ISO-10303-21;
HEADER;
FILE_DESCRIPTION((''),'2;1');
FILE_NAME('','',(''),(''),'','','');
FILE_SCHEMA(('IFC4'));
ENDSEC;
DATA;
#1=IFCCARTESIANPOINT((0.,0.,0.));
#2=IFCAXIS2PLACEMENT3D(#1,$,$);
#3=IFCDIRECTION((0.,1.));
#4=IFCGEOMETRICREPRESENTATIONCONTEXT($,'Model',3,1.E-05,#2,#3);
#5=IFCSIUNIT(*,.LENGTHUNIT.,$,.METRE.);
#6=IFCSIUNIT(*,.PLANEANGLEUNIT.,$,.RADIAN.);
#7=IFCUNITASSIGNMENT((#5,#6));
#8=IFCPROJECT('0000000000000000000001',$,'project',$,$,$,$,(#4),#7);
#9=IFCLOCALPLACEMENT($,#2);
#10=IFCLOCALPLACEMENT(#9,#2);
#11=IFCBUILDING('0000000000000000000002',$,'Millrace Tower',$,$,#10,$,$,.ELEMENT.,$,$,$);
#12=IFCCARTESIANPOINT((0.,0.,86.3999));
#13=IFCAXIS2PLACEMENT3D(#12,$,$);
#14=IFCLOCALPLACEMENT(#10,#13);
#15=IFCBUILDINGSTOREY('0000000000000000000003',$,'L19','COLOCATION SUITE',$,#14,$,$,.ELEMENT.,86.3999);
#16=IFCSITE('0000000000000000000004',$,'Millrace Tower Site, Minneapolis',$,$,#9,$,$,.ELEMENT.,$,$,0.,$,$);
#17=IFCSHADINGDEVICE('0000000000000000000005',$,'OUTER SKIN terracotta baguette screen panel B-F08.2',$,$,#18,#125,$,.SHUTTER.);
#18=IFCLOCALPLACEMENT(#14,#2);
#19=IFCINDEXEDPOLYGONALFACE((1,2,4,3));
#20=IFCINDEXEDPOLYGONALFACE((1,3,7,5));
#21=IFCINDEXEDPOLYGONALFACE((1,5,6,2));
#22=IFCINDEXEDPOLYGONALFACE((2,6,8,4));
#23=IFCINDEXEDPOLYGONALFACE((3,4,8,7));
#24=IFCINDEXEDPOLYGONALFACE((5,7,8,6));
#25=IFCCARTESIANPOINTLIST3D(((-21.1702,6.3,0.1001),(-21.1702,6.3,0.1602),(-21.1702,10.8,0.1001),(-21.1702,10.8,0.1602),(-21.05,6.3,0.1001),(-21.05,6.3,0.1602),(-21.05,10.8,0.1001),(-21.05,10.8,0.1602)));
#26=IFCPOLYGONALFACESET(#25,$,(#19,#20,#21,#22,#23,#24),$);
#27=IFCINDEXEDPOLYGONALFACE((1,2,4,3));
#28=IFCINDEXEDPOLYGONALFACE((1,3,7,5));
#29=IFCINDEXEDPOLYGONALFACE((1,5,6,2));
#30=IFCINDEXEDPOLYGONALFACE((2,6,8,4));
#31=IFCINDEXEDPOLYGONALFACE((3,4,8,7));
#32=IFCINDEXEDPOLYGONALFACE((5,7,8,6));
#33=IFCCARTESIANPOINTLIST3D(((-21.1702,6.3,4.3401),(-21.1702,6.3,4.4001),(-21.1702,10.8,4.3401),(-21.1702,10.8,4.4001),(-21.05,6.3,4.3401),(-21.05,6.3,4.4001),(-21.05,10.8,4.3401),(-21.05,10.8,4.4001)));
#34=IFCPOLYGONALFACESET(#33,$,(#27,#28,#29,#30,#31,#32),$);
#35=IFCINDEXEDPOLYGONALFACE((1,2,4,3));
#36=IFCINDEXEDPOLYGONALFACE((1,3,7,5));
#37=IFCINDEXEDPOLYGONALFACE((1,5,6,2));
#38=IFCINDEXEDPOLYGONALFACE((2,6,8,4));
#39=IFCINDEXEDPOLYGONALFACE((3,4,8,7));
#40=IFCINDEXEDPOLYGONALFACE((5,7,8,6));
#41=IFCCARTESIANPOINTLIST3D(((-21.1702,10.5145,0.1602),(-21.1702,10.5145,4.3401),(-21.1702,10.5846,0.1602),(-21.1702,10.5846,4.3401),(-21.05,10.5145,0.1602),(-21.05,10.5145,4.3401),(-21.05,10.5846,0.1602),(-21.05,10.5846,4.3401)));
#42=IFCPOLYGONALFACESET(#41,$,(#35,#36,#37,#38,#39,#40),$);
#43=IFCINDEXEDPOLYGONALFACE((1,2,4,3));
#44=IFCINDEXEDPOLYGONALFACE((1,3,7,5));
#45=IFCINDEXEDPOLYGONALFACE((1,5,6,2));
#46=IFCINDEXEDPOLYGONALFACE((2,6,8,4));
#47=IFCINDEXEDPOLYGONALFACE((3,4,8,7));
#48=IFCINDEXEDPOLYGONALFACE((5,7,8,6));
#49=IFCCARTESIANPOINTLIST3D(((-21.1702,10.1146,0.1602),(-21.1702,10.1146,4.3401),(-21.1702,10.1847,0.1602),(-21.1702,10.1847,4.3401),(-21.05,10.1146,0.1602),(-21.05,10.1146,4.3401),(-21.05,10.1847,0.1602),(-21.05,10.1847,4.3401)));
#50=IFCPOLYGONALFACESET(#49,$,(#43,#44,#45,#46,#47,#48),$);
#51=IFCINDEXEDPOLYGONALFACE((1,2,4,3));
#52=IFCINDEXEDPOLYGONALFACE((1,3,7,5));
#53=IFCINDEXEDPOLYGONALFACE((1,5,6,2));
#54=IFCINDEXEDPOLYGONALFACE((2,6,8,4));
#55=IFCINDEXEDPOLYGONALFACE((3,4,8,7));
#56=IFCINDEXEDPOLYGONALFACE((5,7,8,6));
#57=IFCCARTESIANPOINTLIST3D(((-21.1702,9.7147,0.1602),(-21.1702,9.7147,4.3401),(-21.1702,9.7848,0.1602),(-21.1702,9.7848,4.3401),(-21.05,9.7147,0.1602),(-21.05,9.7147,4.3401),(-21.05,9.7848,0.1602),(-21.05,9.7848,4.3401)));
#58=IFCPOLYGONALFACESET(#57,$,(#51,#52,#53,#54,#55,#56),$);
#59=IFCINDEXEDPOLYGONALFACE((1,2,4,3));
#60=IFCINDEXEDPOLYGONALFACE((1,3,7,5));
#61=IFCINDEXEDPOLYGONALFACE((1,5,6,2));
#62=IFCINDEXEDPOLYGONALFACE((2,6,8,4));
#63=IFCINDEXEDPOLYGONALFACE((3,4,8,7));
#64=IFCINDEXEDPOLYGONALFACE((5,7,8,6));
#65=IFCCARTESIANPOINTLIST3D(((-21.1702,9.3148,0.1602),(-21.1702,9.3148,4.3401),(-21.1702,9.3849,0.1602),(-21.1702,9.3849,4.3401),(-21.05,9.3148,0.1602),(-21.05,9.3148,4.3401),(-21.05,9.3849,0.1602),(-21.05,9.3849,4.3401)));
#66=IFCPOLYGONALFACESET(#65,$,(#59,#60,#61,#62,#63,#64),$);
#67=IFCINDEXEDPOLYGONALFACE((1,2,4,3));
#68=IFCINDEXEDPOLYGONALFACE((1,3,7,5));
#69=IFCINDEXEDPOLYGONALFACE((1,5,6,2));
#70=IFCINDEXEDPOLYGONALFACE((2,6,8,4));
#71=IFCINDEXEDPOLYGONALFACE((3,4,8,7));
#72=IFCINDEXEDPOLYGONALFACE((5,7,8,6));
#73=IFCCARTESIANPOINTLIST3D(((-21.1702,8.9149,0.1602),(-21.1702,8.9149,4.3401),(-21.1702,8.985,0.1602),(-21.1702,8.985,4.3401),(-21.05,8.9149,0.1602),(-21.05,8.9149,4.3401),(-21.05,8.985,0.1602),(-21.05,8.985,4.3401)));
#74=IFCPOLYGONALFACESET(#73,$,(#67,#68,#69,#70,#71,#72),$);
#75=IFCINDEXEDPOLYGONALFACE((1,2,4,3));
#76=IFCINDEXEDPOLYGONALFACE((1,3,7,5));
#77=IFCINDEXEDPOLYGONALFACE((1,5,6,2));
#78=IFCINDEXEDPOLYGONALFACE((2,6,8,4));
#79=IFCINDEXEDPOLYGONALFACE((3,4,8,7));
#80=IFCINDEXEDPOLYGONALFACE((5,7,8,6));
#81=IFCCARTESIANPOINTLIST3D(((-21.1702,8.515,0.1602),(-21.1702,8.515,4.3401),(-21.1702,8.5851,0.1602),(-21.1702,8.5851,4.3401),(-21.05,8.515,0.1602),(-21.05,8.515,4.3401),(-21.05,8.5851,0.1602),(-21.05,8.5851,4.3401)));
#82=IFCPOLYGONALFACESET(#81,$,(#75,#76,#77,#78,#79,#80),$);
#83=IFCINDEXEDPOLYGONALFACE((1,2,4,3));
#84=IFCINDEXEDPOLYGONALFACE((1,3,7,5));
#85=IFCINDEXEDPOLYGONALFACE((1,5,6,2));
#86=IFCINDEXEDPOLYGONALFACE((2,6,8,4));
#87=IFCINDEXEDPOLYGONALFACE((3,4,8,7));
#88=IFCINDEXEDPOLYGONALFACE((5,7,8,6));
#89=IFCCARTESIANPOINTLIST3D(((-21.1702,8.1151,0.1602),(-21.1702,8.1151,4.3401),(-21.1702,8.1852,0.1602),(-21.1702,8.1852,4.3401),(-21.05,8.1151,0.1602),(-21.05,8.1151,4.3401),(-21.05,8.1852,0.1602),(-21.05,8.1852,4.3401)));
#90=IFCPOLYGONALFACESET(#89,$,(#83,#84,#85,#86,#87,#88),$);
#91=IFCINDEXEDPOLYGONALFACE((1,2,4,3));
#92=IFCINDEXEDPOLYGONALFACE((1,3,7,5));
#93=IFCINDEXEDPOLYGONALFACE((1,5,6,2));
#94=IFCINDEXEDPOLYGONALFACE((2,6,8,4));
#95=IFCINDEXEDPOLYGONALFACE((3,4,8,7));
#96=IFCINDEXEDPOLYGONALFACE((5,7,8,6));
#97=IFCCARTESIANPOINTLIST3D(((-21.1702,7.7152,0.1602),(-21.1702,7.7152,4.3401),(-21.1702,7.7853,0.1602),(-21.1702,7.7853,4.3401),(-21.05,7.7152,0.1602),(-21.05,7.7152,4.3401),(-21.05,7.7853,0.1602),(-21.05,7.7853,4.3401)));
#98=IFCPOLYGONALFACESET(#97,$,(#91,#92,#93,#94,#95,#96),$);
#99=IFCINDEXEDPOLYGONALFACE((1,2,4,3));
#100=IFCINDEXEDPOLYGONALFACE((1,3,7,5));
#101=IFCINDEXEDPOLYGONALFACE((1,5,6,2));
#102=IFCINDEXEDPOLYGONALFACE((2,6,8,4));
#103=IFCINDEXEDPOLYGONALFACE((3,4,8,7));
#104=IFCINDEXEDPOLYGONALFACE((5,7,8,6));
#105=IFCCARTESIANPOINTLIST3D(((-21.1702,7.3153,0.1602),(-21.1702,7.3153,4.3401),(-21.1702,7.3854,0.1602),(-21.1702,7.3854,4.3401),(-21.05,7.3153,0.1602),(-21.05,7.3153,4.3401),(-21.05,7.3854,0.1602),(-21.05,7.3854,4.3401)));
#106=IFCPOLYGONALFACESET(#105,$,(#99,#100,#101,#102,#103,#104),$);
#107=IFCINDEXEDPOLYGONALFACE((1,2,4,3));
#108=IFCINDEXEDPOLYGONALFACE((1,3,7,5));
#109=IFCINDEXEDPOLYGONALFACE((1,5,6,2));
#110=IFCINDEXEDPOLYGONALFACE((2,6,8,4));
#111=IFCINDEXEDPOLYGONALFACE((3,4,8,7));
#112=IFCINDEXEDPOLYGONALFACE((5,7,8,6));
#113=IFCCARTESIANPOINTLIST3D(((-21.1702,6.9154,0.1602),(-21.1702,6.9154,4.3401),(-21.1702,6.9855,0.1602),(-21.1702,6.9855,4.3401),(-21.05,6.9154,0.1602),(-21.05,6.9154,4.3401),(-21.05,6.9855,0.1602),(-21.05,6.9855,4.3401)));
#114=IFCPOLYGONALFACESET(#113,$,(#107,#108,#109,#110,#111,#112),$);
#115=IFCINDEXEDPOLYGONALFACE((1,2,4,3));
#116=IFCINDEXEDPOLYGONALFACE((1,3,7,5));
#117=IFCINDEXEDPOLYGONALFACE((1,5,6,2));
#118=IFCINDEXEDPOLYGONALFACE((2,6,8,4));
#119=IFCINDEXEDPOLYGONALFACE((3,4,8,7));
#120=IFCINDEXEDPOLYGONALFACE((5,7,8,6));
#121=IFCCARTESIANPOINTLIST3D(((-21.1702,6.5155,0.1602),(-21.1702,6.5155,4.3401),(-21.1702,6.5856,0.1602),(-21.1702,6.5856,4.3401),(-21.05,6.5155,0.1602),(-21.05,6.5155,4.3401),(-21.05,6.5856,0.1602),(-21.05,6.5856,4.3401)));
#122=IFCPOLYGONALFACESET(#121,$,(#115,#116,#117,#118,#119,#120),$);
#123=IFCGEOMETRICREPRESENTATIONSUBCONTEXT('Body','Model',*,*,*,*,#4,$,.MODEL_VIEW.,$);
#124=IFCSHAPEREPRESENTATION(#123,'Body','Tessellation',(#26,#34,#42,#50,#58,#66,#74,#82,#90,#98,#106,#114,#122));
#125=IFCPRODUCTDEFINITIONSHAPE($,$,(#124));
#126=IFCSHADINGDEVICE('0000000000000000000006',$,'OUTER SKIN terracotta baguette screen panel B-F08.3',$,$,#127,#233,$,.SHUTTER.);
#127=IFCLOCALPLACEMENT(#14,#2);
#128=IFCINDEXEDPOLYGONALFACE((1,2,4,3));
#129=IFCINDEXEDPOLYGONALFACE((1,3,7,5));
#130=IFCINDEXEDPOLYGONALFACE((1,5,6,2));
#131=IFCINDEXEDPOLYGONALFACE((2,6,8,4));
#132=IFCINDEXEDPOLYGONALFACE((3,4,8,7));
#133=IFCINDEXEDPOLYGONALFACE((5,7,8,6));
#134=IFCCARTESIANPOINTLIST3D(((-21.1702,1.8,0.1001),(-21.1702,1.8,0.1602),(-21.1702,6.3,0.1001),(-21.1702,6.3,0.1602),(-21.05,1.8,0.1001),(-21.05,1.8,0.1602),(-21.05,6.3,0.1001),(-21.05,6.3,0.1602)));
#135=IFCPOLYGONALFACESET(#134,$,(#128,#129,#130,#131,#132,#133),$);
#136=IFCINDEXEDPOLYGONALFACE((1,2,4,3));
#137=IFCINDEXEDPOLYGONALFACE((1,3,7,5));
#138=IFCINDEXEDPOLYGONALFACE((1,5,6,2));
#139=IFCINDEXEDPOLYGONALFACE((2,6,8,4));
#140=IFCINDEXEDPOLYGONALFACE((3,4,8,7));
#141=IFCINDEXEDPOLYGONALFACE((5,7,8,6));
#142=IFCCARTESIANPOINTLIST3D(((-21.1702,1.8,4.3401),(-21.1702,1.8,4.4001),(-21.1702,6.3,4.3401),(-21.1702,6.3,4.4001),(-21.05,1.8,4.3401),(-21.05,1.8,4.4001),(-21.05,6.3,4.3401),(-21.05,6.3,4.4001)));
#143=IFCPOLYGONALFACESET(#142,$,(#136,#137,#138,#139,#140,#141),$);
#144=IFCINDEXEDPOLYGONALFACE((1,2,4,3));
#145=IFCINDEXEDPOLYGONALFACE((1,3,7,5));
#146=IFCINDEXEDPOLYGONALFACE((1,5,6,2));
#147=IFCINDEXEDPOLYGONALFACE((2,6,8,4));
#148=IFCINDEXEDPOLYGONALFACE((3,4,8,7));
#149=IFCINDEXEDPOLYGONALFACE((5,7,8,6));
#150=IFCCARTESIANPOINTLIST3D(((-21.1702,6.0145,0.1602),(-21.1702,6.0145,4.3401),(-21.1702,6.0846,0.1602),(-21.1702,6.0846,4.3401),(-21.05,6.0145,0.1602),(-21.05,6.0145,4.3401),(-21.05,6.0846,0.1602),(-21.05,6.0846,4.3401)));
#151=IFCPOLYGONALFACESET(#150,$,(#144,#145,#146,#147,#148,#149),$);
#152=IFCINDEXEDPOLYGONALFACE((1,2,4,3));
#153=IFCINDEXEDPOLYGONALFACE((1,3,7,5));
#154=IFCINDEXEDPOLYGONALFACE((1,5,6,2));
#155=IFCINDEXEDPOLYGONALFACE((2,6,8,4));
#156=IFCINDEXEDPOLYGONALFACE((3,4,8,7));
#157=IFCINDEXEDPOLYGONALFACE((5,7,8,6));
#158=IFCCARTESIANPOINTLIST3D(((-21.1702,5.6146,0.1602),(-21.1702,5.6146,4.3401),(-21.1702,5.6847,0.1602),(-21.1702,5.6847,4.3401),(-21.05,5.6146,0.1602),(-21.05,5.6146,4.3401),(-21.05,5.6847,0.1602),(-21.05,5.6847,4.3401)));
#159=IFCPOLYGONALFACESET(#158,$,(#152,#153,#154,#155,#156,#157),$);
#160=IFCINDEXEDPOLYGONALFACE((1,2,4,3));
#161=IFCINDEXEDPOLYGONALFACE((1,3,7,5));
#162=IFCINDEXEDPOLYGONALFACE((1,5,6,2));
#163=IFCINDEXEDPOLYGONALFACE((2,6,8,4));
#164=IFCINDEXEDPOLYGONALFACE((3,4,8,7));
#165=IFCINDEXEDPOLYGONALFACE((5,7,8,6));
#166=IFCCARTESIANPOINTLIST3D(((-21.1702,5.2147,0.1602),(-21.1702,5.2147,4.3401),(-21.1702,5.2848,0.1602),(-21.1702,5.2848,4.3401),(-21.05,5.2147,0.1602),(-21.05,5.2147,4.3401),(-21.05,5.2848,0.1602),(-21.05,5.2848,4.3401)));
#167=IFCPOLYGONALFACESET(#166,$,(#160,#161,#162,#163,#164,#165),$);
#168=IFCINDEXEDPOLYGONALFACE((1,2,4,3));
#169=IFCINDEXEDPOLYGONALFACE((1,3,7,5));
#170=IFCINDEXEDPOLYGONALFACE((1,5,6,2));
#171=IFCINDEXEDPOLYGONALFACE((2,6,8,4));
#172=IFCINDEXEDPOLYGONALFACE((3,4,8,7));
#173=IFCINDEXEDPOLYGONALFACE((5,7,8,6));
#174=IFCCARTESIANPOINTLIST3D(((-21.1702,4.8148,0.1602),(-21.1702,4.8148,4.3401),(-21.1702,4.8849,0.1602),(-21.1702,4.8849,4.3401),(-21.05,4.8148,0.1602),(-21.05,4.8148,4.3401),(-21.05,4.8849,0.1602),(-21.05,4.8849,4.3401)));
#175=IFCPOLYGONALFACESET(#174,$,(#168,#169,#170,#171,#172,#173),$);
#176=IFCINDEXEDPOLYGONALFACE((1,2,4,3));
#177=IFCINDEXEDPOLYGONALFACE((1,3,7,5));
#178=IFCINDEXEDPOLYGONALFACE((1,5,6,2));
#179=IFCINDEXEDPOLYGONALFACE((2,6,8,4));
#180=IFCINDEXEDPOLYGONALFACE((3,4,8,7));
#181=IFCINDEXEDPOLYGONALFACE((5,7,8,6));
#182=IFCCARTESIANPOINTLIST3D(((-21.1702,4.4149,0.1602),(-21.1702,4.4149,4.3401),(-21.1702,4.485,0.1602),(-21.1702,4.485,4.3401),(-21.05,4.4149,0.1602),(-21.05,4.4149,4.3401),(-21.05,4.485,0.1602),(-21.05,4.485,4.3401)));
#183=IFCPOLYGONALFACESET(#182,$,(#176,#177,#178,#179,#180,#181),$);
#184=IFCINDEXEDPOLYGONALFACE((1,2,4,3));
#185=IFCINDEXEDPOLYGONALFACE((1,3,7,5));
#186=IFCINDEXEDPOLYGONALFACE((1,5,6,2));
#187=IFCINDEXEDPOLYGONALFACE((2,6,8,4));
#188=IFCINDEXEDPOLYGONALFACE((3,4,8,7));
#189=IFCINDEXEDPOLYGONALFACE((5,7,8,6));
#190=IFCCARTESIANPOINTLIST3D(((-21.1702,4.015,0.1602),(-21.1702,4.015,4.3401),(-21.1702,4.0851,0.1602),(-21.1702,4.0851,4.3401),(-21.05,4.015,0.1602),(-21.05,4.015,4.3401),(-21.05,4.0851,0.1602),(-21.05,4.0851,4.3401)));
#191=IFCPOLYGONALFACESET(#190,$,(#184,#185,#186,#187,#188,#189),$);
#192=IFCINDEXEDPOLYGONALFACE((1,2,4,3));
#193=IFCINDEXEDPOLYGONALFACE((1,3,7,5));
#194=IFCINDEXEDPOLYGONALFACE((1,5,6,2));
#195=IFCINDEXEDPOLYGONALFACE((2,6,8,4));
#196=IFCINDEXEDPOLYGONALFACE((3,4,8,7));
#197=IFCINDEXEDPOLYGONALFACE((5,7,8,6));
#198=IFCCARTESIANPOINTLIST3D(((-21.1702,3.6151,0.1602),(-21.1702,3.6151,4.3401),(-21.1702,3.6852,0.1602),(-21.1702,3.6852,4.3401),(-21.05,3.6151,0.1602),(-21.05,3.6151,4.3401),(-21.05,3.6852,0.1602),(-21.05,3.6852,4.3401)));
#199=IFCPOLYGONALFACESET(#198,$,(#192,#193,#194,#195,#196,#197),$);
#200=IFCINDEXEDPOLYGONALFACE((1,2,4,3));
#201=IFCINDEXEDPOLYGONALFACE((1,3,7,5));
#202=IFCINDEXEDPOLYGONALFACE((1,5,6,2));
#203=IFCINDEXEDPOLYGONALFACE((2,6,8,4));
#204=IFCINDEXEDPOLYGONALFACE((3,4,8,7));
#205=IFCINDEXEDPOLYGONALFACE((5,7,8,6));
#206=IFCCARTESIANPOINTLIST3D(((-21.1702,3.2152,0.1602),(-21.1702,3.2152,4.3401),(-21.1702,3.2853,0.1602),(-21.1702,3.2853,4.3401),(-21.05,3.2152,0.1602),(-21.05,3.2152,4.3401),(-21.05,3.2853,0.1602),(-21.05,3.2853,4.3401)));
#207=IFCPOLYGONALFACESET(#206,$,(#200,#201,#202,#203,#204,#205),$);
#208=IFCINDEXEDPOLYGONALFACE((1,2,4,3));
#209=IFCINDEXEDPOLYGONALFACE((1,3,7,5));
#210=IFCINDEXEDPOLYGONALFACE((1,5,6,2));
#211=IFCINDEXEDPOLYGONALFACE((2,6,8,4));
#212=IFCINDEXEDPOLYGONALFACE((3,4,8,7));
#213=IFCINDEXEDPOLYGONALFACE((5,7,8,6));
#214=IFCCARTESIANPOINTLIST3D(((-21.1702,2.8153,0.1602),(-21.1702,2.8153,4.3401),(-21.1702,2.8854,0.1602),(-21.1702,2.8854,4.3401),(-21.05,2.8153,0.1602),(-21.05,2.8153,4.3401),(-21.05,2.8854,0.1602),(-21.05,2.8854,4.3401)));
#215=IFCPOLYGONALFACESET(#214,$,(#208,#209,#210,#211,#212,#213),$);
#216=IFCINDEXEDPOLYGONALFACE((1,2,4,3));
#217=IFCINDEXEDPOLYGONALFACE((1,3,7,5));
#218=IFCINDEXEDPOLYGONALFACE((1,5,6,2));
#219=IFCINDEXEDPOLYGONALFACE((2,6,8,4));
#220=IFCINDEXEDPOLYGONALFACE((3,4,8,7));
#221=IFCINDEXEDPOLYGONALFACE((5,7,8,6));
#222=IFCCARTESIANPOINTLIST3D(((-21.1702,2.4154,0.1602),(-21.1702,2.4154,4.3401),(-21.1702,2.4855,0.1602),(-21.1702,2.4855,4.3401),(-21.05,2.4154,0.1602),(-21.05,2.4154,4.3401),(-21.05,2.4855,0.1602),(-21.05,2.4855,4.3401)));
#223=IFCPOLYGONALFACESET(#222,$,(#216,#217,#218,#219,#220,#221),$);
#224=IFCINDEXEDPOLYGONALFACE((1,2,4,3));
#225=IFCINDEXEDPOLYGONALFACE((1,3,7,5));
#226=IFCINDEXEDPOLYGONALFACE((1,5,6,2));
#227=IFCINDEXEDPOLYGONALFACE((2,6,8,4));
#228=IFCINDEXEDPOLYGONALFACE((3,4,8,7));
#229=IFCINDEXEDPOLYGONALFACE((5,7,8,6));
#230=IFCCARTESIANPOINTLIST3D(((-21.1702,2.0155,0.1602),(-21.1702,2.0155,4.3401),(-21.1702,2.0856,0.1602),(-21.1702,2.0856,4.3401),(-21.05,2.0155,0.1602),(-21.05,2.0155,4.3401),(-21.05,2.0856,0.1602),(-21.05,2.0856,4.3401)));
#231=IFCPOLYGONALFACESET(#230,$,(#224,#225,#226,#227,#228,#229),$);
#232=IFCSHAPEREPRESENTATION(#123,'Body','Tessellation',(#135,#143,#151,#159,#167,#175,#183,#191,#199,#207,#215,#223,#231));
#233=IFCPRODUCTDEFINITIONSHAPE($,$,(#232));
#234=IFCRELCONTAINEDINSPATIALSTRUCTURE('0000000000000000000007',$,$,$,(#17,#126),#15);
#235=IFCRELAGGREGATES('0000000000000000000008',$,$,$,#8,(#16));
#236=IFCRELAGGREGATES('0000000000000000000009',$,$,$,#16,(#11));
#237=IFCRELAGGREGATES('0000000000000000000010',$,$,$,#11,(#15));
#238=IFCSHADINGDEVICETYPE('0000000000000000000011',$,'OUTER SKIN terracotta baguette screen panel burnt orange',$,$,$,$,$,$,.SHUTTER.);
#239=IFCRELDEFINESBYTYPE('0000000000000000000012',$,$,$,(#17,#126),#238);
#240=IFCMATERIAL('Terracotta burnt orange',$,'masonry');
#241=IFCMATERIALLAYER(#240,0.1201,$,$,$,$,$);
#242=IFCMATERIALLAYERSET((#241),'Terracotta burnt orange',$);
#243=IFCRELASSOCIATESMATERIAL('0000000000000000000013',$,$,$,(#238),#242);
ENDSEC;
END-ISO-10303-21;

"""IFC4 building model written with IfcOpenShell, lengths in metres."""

from ifc_helpers import new_model, entity, si_unit, direction, frame, frame_2d, origin, origin_2d, place, context, subcontext, project, spatial, rectangle, extrude, source, transform, mapped, material, layer, layer_set, type_object, element, save


model = new_model("IFC4")

# Units and contexts
model_context = context("Model", 3, precision=1e-05, world=origin(), true_north=direction((0.0, 1.0)))
body_context = subcontext(model_context, "Body", "Model", "MODEL_VIEW")
ifc_project = project(units=[si_unit("LENGTHUNIT", "METRE"), si_unit("PLANEANGLEUNIT", "RADIAN")], contexts=[model_context])

# Site, building, storey
site_placement = place(None, origin())
site = spatial("IfcSite", under=ifc_project, at=site_placement, Name="Millrace Tower Site, Minneapolis", CompositionType="ELEMENT", RefElevation=0.0)
building_placement = place(site_placement, origin())
building = spatial("IfcBuilding", under=site, at=building_placement, Name="Millrace Tower", CompositionType="ELEMENT")
storey_placement = place(building_placement, frame((0.0, 0.0, 86.3999)))
storey = spatial("IfcBuildingStorey", under=building, at=storey_placement, Name="L19", Description="COLOCATION SUITE", CompositionType="ELEMENT", Elevation=86.3999)

# Shading devices
ifc_material_1 = material(Name="Terracotta burnt orange", Category="masonry")
ifc_layer_1 = layer(ifc_material_1, 0.1201)
ifc_layer_set_1 = layer_set([ifc_layer_1], Name="Terracotta burnt orange")
shading_device_type = type_object("IfcShadingDeviceType", Name="OUTER SKIN terracotta baguette screen panel burnt orange", PredefinedType="SHUTTER", material=ifc_layer_set_1)
cartesian_point = entity("IfcCartesianPoint", [-2.25, 0.0601])
shared_polyline = entity("IfcPolyline", [cartesian_point, entity("IfcCartesianPoint", [2.25, 0.0601]), entity("IfcCartesianPoint", [2.25, -0.0601]), entity("IfcCartesianPoint", [-2.25, -0.0601]), cartesian_point])
shared_shape = source(origin(), body_context, "Body", "SweptSolid", [
    entity("IfcExtrudedAreaSolid", entity("IfcArbitraryClosedProfileDef", "AREA", None, shared_polyline), entity("IfcAxis2Placement3D", entity("IfcCartesianPoint", [0.0, 0.0, 0.0])), entity("IfcDirection", [0.0, 0.0, 1.0]), 0.0601),
    entity("IfcExtrudedAreaSolid", entity("IfcArbitraryClosedProfileDef", "AREA", None, shared_polyline), entity("IfcAxis2Placement3D", entity("IfcCartesianPoint", [0.0, 0.0, 4.24])), entity("IfcDirection", [0.0, 0.0, 1.0]), 0.0601),
    extrude(rectangle(XDim=0.0701, YDim=0.1201, at=frame_2d((-1.9995, 0.0))), frame((0.0, 0.0, 0.0601)), (0.0, 0.0, 1.0), 4.1799),
    extrude(rectangle(XDim=0.0701, YDim=0.1201, at=frame_2d((-1.5996, 0.0))), frame((0.0, 0.0, 0.0601)), (0.0, 0.0, 1.0), 4.1799),
    extrude(rectangle(XDim=0.0701, YDim=0.1201, at=frame_2d((-1.1997, 0.0))), frame((0.0, 0.0, 0.0601)), (0.0, 0.0, 1.0), 4.1799),
    extrude(rectangle(XDim=0.0701, YDim=0.1201, at=frame_2d((-0.7998, 0.0))), frame((0.0, 0.0, 0.0601)), (0.0, 0.0, 1.0), 4.1799),
    extrude(rectangle(XDim=0.0701, YDim=0.1201, at=frame_2d((-0.3999, 0.0))), frame((0.0, 0.0, 0.0601)), (0.0, 0.0, 1.0), 4.1799),
    extrude(rectangle(XDim=0.0701, YDim=0.1201, at=origin_2d()), frame((0.0, 0.0, 0.0601)), (0.0, 0.0, 1.0), 4.1799),
    extrude(rectangle(XDim=0.0701, YDim=0.1201, at=frame_2d((0.3999, 0.0))), frame((0.0, 0.0, 0.0601)), (0.0, 0.0, 1.0), 4.1799),
    extrude(rectangle(XDim=0.0701, YDim=0.1201, at=frame_2d((0.7998, 0.0))), frame((0.0, 0.0, 0.0601)), (0.0, 0.0, 1.0), 4.1799),
    extrude(rectangle(XDim=0.0701, YDim=0.1201, at=frame_2d((1.1997, 0.0))), frame((0.0, 0.0, 0.0601)), (0.0, 0.0, 1.0), 4.1799),
    extrude(rectangle(XDim=0.0701, YDim=0.1201, at=frame_2d((1.5996, 0.0))), frame((0.0, 0.0, 0.0601)), (0.0, 0.0, 1.0), 4.1799),
    extrude(rectangle(XDim=0.0701, YDim=0.1201, at=frame_2d((1.9995, 0.0))), frame((0.0, 0.0, 0.0601)), (0.0, 0.0, 1.0), 4.1799),
])
for number, where, z_axis, x_axis, name in (
    (1, (-21.1101, 8.55, 0.1001), (0.0, 0.0, 1.0), (0.0, -1.0, 0.0), "OUTER SKIN terracotta baguette screen panel B-F08.2"),
    (2, (-21.1101, 4.05, 0.1001), (0.0, 0.0, 1.0), (0.0, -1.0, 0.0), "OUTER SKIN terracotta baguette screen panel B-F08.3"),
):
    element("IfcShadingDevice", number, at=place(storey_placement, frame(where, z_axis=z_axis, x_axis=x_axis)), inside=storey, type_object=shading_device_type, Name=name, PredefinedType="SHUTTER", context=body_context, shape_type="MappedRepresentation", body=[
        mapped(shared_shape, transform((0.0, 0.0, 0.0), scale=1.0)),
    ])

save(model, "model.ifc")
